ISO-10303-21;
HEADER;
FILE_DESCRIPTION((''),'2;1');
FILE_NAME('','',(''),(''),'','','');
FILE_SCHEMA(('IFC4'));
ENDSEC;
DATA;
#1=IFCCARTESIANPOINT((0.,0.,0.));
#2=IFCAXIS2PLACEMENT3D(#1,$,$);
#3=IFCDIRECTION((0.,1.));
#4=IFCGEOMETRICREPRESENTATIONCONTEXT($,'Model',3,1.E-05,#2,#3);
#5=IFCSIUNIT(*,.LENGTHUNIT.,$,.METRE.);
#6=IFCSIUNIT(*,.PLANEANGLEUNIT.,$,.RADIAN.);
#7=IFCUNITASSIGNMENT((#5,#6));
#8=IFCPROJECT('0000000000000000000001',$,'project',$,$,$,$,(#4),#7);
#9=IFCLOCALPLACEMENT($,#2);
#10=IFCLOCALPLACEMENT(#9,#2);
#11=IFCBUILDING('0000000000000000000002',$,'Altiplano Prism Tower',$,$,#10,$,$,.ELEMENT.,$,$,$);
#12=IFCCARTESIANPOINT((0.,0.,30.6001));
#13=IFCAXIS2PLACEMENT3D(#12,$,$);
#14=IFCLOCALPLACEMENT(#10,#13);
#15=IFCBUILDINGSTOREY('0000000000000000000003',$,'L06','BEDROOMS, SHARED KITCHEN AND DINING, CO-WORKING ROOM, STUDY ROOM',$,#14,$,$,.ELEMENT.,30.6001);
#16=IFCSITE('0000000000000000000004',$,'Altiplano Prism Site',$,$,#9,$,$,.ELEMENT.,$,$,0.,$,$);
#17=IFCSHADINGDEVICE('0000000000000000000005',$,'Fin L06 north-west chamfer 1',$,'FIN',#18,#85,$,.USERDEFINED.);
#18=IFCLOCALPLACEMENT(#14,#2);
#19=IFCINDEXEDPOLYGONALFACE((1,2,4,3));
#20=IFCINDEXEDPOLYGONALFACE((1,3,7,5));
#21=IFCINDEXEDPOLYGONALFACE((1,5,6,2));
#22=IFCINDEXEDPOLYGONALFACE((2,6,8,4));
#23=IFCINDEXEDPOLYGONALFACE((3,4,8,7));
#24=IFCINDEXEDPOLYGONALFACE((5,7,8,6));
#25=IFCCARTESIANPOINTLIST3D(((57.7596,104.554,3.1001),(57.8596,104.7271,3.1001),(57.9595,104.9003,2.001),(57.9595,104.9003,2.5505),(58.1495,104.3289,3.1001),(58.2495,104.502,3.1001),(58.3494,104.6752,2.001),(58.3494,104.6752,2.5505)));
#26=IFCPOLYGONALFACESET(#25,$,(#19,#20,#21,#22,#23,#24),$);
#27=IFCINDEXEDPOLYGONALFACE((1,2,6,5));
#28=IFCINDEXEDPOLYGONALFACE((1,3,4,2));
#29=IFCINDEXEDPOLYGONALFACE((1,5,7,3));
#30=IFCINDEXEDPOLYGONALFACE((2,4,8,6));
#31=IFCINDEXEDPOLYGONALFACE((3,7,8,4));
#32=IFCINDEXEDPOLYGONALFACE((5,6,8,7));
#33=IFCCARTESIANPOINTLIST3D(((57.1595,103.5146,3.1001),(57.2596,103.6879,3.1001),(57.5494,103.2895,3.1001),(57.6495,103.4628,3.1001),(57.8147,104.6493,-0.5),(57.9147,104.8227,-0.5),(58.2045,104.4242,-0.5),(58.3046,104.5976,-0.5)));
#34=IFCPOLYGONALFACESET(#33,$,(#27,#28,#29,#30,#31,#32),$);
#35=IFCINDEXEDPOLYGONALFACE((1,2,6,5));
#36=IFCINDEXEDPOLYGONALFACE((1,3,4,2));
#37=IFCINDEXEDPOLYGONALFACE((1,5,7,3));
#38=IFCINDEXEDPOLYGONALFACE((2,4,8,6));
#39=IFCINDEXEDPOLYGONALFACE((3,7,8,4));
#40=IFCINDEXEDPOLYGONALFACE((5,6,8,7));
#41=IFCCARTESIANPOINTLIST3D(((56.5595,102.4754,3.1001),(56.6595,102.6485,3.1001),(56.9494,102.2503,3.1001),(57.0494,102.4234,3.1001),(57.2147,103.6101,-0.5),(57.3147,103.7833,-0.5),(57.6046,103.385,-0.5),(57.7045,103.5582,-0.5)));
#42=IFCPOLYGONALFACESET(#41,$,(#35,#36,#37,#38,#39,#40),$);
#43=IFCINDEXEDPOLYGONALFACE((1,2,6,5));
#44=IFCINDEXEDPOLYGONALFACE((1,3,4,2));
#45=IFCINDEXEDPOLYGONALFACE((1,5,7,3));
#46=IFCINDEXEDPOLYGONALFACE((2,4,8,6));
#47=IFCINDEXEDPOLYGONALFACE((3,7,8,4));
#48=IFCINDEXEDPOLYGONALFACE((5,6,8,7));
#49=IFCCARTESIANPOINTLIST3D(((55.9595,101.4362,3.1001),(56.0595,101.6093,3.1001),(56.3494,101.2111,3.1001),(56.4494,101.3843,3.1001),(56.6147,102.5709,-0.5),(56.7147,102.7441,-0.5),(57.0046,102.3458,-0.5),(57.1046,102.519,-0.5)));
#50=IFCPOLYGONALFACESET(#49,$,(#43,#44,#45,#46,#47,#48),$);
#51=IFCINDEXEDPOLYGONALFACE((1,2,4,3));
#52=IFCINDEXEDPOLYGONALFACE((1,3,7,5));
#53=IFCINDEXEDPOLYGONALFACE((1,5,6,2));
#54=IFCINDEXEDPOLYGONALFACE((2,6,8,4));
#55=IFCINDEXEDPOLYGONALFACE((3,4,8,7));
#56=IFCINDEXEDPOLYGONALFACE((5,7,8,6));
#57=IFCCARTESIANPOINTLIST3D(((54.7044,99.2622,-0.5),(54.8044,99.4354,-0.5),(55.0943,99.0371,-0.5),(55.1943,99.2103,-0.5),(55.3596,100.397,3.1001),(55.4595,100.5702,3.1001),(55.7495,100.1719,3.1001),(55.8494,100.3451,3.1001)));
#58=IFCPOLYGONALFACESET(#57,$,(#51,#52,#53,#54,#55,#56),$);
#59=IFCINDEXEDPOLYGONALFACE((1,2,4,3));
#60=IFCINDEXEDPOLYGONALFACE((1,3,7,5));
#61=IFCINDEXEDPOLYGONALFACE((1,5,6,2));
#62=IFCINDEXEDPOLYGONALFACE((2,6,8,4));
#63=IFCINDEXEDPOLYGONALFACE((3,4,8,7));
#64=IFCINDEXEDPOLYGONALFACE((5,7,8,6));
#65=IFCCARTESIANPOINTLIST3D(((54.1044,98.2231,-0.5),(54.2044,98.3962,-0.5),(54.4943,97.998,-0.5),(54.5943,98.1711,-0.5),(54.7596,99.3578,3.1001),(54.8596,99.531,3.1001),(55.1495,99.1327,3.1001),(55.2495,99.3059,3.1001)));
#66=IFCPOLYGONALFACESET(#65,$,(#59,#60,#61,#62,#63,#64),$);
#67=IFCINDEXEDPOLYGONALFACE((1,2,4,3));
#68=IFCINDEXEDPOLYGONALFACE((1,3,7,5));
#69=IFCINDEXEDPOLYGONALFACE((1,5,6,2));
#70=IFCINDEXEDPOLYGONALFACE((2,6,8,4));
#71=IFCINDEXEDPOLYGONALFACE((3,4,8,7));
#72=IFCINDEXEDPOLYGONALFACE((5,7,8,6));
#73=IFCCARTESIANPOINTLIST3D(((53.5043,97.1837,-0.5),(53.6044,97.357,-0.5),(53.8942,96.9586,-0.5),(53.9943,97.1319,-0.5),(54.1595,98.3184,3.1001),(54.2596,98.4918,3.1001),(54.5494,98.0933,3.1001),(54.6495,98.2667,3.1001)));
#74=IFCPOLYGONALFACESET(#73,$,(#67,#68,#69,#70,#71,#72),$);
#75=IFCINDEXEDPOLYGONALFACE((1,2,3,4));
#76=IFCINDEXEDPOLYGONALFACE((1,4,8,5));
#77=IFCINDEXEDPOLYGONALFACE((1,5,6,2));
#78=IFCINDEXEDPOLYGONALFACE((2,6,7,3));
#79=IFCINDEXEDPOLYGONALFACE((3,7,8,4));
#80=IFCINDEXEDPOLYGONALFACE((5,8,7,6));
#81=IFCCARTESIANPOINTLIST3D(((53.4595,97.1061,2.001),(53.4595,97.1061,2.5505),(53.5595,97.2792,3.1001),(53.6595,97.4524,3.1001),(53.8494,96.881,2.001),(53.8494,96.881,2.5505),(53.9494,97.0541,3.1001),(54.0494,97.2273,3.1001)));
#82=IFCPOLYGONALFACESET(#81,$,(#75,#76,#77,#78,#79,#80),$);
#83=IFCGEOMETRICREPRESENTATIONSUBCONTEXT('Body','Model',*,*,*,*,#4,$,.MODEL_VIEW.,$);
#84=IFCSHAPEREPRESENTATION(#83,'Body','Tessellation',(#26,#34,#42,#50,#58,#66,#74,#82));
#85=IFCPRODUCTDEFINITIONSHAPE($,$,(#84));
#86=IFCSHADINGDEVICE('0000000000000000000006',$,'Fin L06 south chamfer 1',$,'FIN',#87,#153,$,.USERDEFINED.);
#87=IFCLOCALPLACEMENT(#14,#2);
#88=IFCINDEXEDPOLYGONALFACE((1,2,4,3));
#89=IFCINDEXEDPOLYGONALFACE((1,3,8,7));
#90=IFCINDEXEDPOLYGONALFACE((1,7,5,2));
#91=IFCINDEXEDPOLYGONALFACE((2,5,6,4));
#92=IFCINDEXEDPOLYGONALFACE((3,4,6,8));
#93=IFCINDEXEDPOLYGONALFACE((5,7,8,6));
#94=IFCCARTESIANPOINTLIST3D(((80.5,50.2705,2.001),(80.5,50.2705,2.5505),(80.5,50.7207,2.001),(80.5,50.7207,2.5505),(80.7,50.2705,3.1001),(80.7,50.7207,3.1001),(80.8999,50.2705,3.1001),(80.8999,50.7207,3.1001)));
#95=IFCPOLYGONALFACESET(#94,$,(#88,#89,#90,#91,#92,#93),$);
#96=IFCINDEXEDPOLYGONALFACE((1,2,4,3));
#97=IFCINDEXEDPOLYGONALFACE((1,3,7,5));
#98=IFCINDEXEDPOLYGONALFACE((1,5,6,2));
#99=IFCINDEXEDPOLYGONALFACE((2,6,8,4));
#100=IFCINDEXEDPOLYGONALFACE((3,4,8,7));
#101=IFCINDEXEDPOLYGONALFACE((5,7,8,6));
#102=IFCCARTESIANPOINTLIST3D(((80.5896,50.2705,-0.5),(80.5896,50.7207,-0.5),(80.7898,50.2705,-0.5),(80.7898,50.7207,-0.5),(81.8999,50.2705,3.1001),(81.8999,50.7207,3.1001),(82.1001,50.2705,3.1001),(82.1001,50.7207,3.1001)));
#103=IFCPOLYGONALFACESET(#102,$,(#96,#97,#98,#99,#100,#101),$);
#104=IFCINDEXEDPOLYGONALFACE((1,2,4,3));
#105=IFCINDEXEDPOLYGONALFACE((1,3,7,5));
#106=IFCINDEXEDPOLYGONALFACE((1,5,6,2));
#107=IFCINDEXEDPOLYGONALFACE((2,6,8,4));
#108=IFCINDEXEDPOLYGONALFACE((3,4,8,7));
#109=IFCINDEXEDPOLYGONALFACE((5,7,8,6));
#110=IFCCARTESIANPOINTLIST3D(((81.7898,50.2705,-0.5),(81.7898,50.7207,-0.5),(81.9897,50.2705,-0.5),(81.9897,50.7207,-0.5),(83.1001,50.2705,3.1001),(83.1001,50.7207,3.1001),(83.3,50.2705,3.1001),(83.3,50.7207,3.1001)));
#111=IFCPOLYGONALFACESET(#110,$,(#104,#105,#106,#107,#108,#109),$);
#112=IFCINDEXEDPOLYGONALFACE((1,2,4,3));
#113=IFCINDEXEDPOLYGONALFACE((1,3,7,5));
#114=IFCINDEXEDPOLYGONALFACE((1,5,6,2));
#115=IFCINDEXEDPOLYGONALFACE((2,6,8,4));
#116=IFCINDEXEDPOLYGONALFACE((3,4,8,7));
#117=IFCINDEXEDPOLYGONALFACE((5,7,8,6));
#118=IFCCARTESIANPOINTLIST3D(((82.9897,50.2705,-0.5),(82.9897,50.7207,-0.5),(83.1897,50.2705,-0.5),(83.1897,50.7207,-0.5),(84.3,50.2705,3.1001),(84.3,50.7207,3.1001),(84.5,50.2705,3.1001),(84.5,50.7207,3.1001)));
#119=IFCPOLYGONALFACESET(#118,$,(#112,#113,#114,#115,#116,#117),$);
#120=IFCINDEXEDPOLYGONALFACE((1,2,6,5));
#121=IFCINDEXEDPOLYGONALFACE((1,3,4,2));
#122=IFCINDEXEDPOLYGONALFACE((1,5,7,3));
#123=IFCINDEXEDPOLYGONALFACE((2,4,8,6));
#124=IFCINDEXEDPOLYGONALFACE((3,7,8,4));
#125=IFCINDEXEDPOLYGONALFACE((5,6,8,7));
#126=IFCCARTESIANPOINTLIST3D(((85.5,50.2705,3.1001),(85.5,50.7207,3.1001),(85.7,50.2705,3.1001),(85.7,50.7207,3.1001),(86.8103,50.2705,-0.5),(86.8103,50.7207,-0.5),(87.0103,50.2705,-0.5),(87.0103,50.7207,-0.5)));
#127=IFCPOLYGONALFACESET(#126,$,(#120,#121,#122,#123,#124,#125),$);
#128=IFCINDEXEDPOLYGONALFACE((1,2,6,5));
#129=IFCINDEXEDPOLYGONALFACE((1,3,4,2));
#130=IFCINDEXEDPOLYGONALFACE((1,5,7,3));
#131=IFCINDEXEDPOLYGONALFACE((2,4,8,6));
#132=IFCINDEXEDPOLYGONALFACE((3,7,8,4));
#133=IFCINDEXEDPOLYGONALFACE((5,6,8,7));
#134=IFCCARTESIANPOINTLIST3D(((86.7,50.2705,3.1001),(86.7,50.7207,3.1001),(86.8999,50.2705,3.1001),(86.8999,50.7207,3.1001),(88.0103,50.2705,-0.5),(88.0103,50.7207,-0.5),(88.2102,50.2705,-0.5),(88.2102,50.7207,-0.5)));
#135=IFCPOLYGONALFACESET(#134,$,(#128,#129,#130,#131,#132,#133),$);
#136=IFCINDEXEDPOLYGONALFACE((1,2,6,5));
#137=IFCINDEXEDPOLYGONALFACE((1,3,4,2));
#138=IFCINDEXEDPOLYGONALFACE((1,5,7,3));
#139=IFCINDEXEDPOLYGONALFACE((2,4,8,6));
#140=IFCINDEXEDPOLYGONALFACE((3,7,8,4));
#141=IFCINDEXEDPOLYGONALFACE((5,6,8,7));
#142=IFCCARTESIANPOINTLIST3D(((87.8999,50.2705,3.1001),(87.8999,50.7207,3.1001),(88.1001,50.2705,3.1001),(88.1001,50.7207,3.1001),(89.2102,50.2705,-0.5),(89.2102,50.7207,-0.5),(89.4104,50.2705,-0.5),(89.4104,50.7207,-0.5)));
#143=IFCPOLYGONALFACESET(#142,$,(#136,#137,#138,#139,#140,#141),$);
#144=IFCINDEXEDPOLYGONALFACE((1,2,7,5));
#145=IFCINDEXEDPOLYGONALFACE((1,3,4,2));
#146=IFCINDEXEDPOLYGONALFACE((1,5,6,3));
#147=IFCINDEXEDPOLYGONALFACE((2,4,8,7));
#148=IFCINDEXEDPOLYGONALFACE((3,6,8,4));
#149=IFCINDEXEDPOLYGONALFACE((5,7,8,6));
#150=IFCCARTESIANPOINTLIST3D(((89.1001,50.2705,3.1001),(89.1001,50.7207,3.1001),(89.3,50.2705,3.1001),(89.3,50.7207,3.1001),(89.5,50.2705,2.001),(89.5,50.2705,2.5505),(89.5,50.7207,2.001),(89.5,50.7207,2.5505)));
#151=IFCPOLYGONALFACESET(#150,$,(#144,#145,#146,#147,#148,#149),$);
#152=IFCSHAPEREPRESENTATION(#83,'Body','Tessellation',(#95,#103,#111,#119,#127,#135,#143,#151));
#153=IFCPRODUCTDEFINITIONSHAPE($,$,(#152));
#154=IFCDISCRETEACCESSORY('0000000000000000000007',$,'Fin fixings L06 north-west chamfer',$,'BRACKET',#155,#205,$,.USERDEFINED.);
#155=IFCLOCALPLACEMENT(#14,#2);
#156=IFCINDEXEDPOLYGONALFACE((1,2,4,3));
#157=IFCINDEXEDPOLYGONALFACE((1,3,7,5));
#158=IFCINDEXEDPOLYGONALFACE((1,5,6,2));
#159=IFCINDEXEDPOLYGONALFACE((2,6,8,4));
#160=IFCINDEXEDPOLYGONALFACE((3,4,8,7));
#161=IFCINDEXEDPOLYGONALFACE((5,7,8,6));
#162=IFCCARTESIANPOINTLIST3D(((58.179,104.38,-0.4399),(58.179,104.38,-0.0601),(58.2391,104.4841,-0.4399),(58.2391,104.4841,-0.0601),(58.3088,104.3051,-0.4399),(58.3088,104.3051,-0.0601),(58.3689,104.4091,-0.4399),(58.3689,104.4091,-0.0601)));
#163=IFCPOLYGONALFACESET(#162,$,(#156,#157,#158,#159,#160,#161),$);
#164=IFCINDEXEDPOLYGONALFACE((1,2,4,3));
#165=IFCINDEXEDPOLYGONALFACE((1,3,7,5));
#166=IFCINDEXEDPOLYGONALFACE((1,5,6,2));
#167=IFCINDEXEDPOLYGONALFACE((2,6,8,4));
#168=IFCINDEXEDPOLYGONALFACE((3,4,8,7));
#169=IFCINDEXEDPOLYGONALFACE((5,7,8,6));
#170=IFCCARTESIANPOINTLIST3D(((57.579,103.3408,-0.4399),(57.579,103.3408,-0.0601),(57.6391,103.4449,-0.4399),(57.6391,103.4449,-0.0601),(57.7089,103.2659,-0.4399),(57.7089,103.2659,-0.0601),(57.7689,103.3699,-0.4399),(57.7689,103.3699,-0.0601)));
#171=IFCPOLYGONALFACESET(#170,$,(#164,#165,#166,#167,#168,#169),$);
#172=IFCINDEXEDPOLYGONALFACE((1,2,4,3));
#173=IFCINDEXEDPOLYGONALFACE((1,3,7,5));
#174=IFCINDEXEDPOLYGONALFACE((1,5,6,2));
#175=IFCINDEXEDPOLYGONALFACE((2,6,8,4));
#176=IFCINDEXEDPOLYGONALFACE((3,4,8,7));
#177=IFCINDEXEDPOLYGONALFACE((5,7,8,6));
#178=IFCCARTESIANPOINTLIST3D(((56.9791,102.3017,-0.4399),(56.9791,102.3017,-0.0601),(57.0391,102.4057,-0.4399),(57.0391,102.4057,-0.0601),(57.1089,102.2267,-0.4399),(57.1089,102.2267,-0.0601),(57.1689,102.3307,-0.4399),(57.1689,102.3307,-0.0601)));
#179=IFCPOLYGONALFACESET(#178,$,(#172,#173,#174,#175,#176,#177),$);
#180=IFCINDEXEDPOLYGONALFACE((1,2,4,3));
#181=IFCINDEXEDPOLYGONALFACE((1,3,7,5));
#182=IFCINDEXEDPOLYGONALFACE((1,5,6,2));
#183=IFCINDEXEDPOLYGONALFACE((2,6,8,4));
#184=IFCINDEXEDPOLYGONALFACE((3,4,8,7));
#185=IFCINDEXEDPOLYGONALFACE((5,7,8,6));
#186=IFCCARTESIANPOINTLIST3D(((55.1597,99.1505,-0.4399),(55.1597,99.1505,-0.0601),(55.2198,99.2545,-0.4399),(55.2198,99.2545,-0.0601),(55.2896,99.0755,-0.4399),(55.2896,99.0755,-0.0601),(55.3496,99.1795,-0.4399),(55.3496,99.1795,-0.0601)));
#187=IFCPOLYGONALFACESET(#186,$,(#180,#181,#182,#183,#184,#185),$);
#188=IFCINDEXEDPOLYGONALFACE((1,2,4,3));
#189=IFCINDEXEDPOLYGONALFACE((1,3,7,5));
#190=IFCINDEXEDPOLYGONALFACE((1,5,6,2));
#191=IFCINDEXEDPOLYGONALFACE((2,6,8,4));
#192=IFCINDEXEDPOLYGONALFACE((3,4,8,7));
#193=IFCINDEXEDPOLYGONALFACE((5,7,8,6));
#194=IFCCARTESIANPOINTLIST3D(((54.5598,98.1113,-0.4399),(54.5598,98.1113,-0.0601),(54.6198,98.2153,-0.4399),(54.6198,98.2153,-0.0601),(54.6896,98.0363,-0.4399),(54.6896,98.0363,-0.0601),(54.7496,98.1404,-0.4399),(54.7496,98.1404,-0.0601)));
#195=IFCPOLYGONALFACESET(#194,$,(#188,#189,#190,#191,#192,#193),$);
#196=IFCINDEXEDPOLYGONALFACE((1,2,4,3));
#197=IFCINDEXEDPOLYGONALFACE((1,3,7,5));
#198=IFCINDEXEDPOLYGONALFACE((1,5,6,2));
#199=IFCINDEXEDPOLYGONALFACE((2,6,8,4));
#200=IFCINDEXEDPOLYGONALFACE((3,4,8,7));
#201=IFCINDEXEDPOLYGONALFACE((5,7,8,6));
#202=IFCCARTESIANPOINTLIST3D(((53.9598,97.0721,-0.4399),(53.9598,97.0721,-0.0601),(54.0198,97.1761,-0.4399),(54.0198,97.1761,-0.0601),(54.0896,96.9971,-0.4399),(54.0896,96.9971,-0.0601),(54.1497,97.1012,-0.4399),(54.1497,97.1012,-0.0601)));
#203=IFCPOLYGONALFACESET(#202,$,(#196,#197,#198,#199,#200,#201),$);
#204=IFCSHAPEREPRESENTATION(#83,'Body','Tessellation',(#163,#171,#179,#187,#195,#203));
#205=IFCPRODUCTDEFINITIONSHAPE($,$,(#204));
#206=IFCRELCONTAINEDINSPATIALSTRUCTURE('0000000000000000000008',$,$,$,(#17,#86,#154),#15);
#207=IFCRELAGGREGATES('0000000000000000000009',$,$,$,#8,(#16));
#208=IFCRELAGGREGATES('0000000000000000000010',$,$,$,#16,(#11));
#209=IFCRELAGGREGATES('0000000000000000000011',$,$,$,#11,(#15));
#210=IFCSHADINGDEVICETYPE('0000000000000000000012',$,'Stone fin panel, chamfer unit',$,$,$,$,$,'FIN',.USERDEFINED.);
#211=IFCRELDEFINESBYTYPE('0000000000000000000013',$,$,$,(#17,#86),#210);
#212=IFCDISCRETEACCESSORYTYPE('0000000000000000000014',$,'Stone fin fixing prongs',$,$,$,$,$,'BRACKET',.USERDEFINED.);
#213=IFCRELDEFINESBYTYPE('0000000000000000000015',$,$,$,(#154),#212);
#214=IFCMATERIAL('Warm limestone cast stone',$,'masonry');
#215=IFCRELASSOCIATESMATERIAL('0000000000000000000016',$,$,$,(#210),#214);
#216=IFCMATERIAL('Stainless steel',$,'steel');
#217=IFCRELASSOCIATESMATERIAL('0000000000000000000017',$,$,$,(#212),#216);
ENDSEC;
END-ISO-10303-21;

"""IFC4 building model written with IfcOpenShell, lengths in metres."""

from ifc_helpers import new_model, si_unit, direction, frame, origin, place, context, subcontext, project, spatial, polyline, outline, extrude, source, transform, mapped, material, type_object, element, save


model = new_model("IFC4")

# Units and contexts
model_context = context("Model", 3, precision=1e-05, world=origin(), true_north=direction((0.0, 1.0)))
body_context = subcontext(model_context, "Body", "Model", "MODEL_VIEW")
ifc_project = project(units=[si_unit("LENGTHUNIT", "METRE"), si_unit("PLANEANGLEUNIT", "RADIAN")], contexts=[model_context])

# Site, building, storey
site_placement = place(None, origin())
site = spatial("IfcSite", under=ifc_project, at=site_placement, Name="Altiplano Prism Site", CompositionType="ELEMENT", RefElevation=0.0)
building_placement = place(site_placement, origin())
building = spatial("IfcBuilding", under=site, at=building_placement, Name="Altiplano Prism Tower", CompositionType="ELEMENT")
storey_placement = place(building_placement, frame((0.0, 0.0, 30.6001)))
storey = spatial("IfcBuildingStorey", under=building, at=storey_placement, Name="L06", Description="BEDROOMS, SHARED KITCHEN AND DINING, CO-WORKING ROOM, STUDY ROOM", CompositionType="ELEMENT", Elevation=30.6001)

# Shading devices
ifc_material_1 = material(Name="Warm limestone cast stone", Category="masonry")
shading_device_type_1 = type_object("IfcShadingDeviceType", Name="Stone fin panel, chamfer unit", ElementType="FIN", PredefinedType="USERDEFINED", material=ifc_material_1)
shared_shape_1 = source(origin(), body_context, "Body", "SweptSolid", [
    extrude(outline(polyline([(-4.5, 2.501), (-4.1001, 3.6001), (-4.3, 3.6001), (-4.5, 3.0505), (-4.5, 2.501)])), frame((0.0, -0.1499, 0.0), z_axis=(0.0, -1.0, 0.0), x_axis=(1.0, 0.0, 0.0)), (0.0, 0.0, 1.0), 0.4502),
    extrude(outline(polyline([(-4.4104, 0.0), (-4.2102, 0.0), (-2.8999, 3.6001), (-3.1001, 3.6001), (-4.4104, 0.0)])), frame((0.0, -0.1499, 0.0), z_axis=(0.0, -1.0, 0.0), x_axis=(1.0, 0.0, 0.0)), (0.0, 0.0, 1.0), 0.4502),
    extrude(outline(polyline([(-3.2102, 0.0), (-3.0103, 0.0), (-1.7, 3.6001), (-1.8999, 3.6001), (-3.2102, 0.0)])), frame((0.0, -0.1499, 0.0), z_axis=(0.0, -1.0, 0.0), x_axis=(1.0, 0.0, 0.0)), (0.0, 0.0, 1.0), 0.4502),
    extrude(outline(polyline([(-2.0103, 0.0), (-1.8103, 0.0), (-0.5, 3.6001), (-0.7, 3.6001), (-2.0103, 0.0)])), frame((0.0, -0.1499, 0.0), z_axis=(0.0, -1.0, 0.0), x_axis=(1.0, 0.0, 0.0)), (0.0, 0.0, 1.0), 0.4502),
    extrude(outline(polyline([(1.8103, 0.0), (2.0103, 0.0), (0.7, 3.6001), (0.5, 3.6001), (1.8103, 0.0)])), frame((0.0, -0.1499, 0.0), z_axis=(0.0, -1.0, 0.0), x_axis=(1.0, 0.0, 0.0)), (0.0, 0.0, 1.0), 0.4502),
    extrude(outline(polyline([(3.0103, 0.0), (3.2102, 0.0), (1.8999, 3.6001), (1.7, 3.6001), (3.0103, 0.0)])), frame((0.0, -0.1499, 0.0), z_axis=(0.0, -1.0, 0.0), x_axis=(1.0, 0.0, 0.0)), (0.0, 0.0, 1.0), 0.4502),
    extrude(outline(polyline([(4.2102, 0.0), (4.4104, 0.0), (3.1001, 3.6001), (2.8999, 3.6001), (4.2102, 0.0)])), frame((0.0, -0.1499, 0.0), z_axis=(0.0, -1.0, 0.0), x_axis=(1.0, 0.0, 0.0)), (0.0, 0.0, 1.0), 0.4502),
    extrude(outline(polyline([(4.5, 3.0505), (4.3, 3.6001), (4.1001, 3.6001), (4.5, 2.501), (4.5, 3.0505)])), frame((0.0, -0.1499, 0.0), z_axis=(0.0, -1.0, 0.0), x_axis=(1.0, 0.0, 0.0)), (0.0, 0.0, 1.0), 0.4502),
])
shading_device_1_placement = place(storey_placement, origin())
element("IfcShadingDevice", 1, at=shading_device_1_placement, inside=storey, type_object=shading_device_type_1, Name="Fin L06 north-west chamfer 1", ObjectType="FIN", PredefinedType="USERDEFINED", context=body_context, shape_type="MappedRepresentation", body=[
    mapped(shared_shape_1, transform((56.2292, 100.7031, -0.5), x_axis=(-0.5, -0.866025, 0.0), y_axis=(0.866025, -0.5, 0.0), z_axis=(0.0, 0.0, 1.0))),
])
shading_device_2_placement = place(storey_placement, origin())
element("IfcShadingDevice", 2, at=shading_device_2_placement, inside=storey, type_object=shading_device_type_1, Name="Fin L06 south chamfer 1", ObjectType="FIN", PredefinedType="USERDEFINED", context=body_context, shape_type="MappedRepresentation", body=[
    mapped(shared_shape_1, transform((85.0, 50.8706, -0.5), x_axis=(1.0, 0.0, 0.0), y_axis=(0.0, 1.0, 0.0), z_axis=(0.0, 0.0, 1.0))),
])

# Discrete accessory
ifc_material_2 = material(Name="Stainless steel", Category="steel")
discrete_accessory_type = type_object("IfcDiscreteAccessoryType", Name="Stone fin fixing prongs", ElementType="BRACKET", PredefinedType="USERDEFINED", material=ifc_material_2)
shared_shape_2 = source(origin(), body_context, "Body", "SweptSolid", [
    extrude(outline(polyline([(-4.2793, 0.0601), (-4.1592, 0.0601), (-4.1592, 0.4399), (-4.2793, 0.4399), (-4.2793, 0.0601)])), frame((0.0, 0.0, 0.0), z_axis=(0.0, -1.0, 0.0), x_axis=(1.0, 0.0, 0.0)), (0.0, 0.0, 1.0), 0.1499),
    extrude(outline(polyline([(-3.0793, 0.0601), (-2.9592, 0.0601), (-2.9592, 0.4399), (-3.0793, 0.4399), (-3.0793, 0.0601)])), frame((0.0, 0.0, 0.0), z_axis=(0.0, -1.0, 0.0), x_axis=(1.0, 0.0, 0.0)), (0.0, 0.0, 1.0), 0.1499),
    extrude(outline(polyline([(-1.8794, 0.0601), (-1.7593, 0.0601), (-1.7593, 0.4399), (-1.8794, 0.4399), (-1.8794, 0.0601)])), frame((0.0, 0.0, 0.0), z_axis=(0.0, -1.0, 0.0), x_axis=(1.0, 0.0, 0.0)), (0.0, 0.0, 1.0), 0.1499),
    extrude(outline(polyline([(1.7593, 0.0601), (1.8794, 0.0601), (1.8794, 0.4399), (1.7593, 0.4399), (1.7593, 0.0601)])), frame((0.0, 0.0, 0.0), z_axis=(0.0, -1.0, 0.0), x_axis=(1.0, 0.0, 0.0)), (0.0, 0.0, 1.0), 0.1499),
    extrude(outline(polyline([(2.9592, 0.0601), (3.0793, 0.0601), (3.0793, 0.4399), (2.9592, 0.4399), (2.9592, 0.0601)])), frame((0.0, 0.0, 0.0), z_axis=(0.0, -1.0, 0.0), x_axis=(1.0, 0.0, 0.0)), (0.0, 0.0, 1.0), 0.1499),
    extrude(outline(polyline([(4.1592, 0.0601), (4.2793, 0.0601), (4.2793, 0.4399), (4.1592, 0.4399), (4.1592, 0.0601)])), frame((0.0, 0.0, 0.0), z_axis=(0.0, -1.0, 0.0), x_axis=(1.0, 0.0, 0.0)), (0.0, 0.0, 1.0), 0.1499),
])
discrete_accessory_1_placement = place(storey_placement, origin())
element("IfcDiscreteAccessory", 3, at=discrete_accessory_1_placement, inside=storey, type_object=discrete_accessory_type, Name="Fin fixings L06 north-west chamfer", ObjectType="BRACKET", PredefinedType="USERDEFINED", context=body_context, shape_type="MappedRepresentation", body=[
    mapped(shared_shape_2, transform((56.2292, 100.7031, -0.5), x_axis=(-0.5, -0.866025, 0.0), y_axis=(0.866025, -0.5, 0.0), z_axis=(0.0, 0.0, 1.0))),
])

save(model, "model.ifc")
